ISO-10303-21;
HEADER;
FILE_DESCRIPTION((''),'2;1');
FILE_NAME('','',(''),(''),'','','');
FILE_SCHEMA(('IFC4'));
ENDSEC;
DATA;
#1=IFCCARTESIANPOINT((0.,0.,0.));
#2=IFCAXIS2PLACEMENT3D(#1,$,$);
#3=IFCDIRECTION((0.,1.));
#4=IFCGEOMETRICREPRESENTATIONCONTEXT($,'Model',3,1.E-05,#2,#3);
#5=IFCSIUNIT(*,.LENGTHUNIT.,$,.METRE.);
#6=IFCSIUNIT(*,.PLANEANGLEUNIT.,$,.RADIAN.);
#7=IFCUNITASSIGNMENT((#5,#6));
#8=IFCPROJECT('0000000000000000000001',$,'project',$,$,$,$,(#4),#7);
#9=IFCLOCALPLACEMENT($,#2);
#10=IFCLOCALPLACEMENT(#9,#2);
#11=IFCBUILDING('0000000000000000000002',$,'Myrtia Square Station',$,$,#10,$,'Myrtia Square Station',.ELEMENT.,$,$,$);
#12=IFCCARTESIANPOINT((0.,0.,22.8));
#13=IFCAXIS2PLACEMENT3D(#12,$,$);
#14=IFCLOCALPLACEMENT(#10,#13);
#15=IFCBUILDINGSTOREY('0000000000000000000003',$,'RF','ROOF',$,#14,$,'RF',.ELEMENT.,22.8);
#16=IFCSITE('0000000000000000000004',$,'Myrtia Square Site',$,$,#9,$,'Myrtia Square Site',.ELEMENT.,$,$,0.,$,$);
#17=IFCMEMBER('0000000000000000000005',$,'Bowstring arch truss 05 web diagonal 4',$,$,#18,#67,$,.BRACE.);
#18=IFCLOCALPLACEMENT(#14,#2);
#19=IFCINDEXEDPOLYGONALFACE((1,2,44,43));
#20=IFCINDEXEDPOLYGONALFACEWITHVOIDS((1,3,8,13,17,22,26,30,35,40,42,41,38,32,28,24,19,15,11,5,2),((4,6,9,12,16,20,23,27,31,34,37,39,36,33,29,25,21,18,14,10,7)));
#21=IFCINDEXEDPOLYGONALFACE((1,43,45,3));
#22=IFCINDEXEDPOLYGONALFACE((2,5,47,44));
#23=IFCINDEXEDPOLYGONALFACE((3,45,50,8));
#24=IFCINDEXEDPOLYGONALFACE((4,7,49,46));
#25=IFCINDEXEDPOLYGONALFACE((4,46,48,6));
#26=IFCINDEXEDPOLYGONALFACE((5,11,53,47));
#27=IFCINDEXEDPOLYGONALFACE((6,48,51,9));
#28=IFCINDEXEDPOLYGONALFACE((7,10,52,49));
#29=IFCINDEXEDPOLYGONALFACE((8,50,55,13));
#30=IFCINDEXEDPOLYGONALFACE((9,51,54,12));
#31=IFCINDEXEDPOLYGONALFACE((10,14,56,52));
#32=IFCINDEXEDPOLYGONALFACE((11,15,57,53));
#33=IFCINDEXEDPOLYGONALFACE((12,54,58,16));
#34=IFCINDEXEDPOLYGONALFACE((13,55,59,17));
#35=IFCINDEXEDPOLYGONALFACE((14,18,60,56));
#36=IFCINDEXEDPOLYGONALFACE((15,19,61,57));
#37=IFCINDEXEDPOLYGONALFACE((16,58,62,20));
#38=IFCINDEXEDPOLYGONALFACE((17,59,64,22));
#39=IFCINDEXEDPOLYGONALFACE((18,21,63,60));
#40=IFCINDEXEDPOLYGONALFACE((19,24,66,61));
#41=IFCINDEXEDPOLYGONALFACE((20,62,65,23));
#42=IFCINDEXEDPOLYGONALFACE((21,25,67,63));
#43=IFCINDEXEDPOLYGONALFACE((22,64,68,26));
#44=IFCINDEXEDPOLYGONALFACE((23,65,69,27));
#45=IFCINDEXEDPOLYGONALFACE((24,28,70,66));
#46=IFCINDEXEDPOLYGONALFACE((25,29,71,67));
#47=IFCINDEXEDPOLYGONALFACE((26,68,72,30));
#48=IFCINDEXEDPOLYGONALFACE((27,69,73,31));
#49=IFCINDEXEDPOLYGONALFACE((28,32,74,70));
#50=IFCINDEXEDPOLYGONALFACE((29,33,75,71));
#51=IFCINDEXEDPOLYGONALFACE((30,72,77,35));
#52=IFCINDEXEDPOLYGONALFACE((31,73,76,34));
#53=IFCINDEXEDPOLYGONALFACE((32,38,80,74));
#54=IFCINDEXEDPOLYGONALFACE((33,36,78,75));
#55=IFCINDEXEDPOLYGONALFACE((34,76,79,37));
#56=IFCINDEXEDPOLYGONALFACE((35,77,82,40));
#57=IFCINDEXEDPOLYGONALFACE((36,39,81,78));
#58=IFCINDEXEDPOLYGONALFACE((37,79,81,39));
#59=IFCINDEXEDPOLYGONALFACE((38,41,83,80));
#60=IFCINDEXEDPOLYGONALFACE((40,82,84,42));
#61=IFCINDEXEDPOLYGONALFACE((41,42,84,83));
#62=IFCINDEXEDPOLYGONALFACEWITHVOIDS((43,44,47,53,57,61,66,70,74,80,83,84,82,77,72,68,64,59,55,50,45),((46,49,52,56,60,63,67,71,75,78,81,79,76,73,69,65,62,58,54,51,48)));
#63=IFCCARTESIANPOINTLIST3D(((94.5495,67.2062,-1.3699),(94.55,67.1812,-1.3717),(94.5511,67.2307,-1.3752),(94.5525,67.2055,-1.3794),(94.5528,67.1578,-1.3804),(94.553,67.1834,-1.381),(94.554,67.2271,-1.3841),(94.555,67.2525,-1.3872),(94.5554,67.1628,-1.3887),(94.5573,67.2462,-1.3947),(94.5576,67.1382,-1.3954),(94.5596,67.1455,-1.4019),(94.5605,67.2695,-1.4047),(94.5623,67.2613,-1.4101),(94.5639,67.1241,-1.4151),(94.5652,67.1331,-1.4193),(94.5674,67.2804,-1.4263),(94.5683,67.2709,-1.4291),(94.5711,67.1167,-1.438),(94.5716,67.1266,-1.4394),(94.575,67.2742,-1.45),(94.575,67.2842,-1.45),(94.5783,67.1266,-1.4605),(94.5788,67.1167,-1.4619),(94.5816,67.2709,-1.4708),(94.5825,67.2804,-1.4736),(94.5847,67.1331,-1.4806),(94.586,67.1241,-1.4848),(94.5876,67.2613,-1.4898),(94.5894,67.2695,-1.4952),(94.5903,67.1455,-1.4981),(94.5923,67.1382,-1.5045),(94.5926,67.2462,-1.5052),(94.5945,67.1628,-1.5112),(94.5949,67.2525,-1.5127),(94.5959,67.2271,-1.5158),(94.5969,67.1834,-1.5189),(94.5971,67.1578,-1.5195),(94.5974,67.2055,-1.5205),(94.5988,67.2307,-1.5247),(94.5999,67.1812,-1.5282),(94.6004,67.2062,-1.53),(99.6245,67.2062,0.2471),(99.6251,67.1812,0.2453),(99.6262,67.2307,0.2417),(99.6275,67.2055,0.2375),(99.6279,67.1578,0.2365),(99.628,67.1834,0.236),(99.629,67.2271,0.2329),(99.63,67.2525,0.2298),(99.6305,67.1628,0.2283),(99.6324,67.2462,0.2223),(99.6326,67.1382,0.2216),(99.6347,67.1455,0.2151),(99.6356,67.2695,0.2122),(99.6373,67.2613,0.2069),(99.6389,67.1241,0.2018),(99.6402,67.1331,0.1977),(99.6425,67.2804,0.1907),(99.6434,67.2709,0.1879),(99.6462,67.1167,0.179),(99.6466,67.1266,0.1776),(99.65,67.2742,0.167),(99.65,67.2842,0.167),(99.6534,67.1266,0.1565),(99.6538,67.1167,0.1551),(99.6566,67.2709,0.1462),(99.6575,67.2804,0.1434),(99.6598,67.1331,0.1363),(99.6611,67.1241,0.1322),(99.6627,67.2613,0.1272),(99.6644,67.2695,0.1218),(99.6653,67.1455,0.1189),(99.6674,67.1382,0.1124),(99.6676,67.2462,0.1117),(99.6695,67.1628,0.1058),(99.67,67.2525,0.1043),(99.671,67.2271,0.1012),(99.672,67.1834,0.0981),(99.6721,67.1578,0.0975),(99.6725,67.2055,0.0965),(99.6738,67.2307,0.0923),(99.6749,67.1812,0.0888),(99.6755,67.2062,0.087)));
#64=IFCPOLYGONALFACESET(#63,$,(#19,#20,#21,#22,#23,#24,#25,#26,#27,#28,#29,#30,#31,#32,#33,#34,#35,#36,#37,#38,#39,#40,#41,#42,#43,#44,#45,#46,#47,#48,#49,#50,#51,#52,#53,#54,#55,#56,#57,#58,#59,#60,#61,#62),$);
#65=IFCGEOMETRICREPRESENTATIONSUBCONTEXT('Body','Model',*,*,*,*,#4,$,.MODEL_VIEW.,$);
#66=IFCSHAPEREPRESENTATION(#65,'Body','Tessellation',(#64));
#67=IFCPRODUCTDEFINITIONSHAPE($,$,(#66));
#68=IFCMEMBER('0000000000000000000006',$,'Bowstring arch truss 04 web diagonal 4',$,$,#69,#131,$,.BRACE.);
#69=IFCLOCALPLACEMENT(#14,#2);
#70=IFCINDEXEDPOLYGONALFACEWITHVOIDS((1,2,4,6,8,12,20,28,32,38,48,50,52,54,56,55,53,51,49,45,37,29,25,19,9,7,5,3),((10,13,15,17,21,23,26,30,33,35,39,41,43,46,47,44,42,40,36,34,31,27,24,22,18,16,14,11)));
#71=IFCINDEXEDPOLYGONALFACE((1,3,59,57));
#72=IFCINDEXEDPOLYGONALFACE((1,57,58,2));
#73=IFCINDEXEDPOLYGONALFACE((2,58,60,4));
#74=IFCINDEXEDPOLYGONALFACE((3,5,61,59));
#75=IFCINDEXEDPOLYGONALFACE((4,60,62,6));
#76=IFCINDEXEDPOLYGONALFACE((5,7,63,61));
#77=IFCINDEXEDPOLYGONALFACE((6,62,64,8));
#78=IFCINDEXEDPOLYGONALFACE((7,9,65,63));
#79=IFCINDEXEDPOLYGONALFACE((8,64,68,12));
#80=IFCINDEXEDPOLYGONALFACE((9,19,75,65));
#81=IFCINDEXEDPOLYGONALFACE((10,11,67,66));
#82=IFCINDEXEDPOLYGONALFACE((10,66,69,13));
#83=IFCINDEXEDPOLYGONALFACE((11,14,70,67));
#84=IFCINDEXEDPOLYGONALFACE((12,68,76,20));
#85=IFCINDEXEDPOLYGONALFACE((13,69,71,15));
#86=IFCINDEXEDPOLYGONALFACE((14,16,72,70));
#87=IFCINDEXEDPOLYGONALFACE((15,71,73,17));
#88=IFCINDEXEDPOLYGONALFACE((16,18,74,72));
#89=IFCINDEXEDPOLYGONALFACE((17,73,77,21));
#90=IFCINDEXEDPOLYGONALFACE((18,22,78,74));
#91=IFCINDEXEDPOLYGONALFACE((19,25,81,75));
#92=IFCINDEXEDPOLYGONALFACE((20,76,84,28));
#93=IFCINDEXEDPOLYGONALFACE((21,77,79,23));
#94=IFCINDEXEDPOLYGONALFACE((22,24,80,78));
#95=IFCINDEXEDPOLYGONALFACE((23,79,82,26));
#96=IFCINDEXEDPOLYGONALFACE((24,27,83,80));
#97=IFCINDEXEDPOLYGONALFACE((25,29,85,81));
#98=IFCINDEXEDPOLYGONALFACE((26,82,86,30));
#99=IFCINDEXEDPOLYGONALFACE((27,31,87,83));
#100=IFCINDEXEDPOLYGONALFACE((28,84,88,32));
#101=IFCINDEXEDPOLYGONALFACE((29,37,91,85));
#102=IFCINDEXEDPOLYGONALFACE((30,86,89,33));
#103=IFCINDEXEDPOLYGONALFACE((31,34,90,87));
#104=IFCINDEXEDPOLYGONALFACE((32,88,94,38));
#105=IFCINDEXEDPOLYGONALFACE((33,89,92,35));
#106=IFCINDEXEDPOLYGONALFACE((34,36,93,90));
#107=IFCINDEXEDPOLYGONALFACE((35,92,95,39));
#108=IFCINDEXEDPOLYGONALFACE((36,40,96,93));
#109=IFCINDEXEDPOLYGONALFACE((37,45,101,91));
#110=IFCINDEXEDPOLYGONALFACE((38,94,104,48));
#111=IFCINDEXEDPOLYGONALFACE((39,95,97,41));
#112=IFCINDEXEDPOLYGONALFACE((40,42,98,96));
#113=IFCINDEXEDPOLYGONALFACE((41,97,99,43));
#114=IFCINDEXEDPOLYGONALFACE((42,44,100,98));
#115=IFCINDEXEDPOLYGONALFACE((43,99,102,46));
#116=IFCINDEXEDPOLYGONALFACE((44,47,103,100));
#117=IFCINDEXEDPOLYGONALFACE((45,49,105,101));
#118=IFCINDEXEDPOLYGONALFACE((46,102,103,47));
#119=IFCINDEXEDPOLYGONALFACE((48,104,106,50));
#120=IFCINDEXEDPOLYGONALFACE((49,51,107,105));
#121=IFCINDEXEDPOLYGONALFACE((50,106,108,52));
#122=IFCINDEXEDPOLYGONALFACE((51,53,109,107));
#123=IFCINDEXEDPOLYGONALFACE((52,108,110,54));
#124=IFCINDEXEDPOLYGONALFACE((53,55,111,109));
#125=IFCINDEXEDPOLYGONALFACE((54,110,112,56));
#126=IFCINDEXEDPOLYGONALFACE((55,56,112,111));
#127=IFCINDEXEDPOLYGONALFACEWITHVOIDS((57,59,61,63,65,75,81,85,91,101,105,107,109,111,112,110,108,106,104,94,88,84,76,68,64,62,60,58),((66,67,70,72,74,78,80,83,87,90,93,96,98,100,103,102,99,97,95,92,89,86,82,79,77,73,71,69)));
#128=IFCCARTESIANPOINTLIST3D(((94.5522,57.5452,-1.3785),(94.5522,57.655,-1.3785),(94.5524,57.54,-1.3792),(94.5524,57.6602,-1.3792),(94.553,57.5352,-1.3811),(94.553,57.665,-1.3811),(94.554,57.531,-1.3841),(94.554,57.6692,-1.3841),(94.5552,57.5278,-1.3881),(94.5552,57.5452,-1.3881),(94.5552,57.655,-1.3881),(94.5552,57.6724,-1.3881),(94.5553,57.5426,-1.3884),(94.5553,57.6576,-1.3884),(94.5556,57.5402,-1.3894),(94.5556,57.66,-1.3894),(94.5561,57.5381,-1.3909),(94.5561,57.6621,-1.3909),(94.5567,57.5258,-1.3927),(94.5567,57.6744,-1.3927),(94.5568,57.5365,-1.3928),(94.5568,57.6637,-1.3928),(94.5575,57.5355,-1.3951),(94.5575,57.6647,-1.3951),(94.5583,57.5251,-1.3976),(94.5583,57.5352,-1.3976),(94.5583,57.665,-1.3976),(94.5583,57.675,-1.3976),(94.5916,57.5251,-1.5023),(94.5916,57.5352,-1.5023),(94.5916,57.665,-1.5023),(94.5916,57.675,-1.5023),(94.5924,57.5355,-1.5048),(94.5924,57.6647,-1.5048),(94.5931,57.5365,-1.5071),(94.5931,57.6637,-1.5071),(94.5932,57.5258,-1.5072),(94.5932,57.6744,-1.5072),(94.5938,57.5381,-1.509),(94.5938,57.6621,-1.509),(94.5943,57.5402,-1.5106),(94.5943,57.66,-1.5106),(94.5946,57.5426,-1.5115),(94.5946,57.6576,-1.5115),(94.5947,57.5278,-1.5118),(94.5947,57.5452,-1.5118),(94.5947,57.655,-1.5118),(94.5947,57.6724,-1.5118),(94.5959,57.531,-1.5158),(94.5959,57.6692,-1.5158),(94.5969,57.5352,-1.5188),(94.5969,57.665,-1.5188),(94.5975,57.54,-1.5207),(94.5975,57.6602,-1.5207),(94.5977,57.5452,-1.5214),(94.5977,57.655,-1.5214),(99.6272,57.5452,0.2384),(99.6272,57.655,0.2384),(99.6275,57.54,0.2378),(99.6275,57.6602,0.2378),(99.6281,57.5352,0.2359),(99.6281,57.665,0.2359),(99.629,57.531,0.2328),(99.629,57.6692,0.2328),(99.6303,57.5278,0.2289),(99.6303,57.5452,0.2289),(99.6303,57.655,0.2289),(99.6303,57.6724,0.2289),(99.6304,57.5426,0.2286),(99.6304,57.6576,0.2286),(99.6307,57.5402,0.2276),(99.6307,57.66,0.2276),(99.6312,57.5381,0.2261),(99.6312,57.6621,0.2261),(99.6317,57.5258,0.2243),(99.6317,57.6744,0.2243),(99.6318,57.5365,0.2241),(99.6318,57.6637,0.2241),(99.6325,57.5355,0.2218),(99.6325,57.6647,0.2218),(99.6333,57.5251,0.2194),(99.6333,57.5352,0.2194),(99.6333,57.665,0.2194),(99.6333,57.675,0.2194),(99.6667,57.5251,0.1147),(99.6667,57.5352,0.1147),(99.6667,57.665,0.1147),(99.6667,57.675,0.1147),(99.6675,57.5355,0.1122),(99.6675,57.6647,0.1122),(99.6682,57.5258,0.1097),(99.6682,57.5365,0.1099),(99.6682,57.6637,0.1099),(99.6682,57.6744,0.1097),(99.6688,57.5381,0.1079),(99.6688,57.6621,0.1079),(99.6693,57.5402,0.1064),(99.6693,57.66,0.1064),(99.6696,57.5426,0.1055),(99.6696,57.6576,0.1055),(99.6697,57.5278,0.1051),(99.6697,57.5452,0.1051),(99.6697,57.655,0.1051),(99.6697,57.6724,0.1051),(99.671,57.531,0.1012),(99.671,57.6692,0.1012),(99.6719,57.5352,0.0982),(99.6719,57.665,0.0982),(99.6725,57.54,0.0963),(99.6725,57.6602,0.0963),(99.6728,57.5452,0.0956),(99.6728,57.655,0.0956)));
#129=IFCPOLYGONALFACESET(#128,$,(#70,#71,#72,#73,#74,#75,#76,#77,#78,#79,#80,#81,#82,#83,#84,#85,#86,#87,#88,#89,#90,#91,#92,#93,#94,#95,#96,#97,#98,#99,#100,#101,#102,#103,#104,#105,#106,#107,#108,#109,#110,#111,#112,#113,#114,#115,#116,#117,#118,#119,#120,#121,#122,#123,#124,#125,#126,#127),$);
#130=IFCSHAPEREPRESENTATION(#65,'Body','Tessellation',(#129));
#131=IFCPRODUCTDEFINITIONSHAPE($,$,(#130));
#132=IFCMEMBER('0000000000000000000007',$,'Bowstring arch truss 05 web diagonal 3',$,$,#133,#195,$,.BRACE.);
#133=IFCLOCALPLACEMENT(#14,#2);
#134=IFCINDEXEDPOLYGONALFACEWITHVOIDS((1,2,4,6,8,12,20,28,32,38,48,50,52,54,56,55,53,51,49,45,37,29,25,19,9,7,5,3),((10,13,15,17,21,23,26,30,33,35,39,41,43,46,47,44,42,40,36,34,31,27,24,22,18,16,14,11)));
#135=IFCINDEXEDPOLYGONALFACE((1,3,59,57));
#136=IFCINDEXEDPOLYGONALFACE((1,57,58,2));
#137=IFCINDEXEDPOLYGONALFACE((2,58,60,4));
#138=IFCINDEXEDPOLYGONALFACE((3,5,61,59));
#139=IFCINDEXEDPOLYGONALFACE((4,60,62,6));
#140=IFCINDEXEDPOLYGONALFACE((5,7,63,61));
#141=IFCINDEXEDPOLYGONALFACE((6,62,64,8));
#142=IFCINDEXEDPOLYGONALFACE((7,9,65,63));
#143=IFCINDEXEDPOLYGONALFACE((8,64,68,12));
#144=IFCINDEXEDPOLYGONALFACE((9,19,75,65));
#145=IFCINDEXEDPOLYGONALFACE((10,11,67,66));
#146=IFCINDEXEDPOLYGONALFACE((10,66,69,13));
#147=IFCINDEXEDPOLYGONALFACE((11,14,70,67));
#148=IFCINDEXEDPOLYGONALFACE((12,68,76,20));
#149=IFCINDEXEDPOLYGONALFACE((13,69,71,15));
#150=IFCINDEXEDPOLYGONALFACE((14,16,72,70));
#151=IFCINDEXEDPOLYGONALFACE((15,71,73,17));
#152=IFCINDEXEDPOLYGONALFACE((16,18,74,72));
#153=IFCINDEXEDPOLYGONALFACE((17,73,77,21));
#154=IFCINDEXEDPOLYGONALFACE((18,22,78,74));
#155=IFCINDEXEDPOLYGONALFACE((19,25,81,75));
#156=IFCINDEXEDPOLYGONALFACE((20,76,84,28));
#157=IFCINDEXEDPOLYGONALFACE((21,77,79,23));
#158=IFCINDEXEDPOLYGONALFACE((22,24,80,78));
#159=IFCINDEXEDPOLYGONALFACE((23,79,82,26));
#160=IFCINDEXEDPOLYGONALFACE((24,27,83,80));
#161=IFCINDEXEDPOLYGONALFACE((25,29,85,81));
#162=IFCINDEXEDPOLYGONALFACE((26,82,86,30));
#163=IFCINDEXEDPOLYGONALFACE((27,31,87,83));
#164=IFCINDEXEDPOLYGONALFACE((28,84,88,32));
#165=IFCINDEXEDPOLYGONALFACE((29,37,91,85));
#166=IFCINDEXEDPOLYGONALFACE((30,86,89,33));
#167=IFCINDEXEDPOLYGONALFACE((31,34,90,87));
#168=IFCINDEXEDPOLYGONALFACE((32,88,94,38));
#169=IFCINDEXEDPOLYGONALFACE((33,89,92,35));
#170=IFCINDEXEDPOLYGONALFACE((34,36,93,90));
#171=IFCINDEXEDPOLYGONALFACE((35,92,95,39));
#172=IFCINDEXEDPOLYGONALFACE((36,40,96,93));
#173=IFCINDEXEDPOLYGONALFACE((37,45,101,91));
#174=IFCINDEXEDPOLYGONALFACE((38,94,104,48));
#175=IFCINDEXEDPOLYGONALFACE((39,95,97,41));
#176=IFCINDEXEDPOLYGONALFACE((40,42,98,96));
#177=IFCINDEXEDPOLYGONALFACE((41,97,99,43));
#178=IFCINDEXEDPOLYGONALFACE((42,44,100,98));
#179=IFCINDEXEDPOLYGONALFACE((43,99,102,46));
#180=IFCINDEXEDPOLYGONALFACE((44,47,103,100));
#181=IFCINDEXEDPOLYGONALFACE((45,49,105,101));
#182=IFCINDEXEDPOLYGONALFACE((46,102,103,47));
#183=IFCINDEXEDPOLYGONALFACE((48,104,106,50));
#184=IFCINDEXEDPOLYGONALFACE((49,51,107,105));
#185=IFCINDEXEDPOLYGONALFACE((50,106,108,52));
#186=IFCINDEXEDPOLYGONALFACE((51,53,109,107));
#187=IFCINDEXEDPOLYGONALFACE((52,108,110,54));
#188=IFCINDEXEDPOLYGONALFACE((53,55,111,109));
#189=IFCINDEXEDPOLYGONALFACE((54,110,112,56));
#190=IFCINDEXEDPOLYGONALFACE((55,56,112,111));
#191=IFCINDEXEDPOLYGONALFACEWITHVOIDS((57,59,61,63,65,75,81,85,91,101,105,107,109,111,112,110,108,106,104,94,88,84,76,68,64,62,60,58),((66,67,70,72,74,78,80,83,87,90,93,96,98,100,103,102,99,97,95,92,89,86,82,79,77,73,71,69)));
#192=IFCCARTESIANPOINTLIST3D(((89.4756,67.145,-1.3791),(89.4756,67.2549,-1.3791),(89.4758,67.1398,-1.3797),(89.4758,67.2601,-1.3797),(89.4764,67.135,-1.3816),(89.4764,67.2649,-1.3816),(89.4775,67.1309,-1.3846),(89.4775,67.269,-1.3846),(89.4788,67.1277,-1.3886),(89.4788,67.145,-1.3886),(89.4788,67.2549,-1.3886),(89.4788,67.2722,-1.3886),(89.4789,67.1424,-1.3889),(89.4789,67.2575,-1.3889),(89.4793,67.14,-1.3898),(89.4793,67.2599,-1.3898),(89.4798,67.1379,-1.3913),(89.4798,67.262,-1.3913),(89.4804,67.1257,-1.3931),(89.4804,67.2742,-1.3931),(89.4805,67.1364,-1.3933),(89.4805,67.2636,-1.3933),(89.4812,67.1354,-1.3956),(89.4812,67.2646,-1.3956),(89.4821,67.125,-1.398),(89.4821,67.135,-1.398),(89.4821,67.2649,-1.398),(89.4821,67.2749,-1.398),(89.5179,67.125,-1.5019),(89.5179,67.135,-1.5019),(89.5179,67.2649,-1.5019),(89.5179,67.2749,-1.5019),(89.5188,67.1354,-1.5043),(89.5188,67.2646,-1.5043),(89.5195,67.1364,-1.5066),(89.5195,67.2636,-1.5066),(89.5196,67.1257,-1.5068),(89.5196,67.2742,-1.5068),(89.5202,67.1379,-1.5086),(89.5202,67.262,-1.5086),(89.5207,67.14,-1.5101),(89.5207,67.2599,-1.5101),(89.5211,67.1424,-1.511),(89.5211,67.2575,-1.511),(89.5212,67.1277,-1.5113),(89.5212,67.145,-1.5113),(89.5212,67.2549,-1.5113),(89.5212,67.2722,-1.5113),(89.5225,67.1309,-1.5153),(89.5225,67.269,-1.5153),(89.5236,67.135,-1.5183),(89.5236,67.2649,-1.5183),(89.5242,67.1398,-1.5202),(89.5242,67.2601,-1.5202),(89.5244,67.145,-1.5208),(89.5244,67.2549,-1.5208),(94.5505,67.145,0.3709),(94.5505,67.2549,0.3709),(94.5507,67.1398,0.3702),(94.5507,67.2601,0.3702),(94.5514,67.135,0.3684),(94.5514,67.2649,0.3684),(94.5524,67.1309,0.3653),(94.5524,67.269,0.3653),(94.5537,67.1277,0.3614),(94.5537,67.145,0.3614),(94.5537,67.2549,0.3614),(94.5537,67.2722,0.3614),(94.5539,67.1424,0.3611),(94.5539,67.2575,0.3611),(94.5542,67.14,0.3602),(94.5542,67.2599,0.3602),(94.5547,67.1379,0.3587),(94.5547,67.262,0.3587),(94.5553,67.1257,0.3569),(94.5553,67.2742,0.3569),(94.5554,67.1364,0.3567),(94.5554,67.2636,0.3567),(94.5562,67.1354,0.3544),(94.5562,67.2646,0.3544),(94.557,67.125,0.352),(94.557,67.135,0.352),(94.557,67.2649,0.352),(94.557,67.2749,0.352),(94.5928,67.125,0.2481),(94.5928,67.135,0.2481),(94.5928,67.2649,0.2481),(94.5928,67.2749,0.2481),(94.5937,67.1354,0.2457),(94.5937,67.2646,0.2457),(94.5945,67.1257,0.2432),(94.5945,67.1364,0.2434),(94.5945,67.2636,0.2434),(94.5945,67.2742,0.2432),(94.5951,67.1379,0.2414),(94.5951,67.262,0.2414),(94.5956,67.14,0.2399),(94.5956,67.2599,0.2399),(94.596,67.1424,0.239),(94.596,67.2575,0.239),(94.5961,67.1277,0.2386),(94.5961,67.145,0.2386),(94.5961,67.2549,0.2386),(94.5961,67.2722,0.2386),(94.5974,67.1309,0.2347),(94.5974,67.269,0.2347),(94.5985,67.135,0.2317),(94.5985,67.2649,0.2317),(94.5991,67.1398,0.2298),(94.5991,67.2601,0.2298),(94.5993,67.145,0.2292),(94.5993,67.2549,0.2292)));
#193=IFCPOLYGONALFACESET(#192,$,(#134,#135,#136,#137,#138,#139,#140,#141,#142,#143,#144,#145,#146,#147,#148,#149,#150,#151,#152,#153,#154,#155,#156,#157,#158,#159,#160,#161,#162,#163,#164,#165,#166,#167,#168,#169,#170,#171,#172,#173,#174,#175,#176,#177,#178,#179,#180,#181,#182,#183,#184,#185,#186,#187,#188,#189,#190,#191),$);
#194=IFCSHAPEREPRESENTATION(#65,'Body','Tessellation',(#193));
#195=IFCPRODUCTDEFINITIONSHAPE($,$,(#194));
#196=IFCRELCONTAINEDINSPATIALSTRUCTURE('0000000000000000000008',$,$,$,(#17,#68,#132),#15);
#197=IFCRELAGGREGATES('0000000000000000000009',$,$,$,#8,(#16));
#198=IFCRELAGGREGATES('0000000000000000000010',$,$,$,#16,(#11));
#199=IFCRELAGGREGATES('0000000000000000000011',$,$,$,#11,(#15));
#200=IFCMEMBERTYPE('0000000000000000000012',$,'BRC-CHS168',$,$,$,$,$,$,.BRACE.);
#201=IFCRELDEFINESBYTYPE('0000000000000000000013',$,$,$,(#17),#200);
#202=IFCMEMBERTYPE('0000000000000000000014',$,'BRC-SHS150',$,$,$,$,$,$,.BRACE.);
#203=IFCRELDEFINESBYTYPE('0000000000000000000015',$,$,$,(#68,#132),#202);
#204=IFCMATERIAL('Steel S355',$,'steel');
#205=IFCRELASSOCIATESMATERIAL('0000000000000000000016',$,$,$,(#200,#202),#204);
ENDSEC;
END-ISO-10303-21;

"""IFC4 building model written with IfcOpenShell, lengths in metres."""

from ifc_helpers import new_model, si_unit, direction, frame, origin, origin_2d, place, context, subcontext, project, spatial, hollow_rectangle, hollow_circle, extrude, material, material_profile, profile_set, type_object, element, save


model = new_model("IFC4")

# Units and contexts
model_context = context("Model", 3, precision=1e-05, world=origin(), true_north=direction((0.0, 1.0)))
body_context = subcontext(model_context, "Body", "Model", "MODEL_VIEW")
ifc_project = project(units=[si_unit("LENGTHUNIT", "METRE"), si_unit("PLANEANGLEUNIT", "RADIAN")], contexts=[model_context])

# Site, building, storey
site_placement = place(None, origin())
site = spatial("IfcSite", under=ifc_project, at=site_placement, Name="Myrtia Square Site", LongName="Myrtia Square Site", CompositionType="ELEMENT", RefElevation=0.0)
building_placement = place(site_placement, origin())
building = spatial("IfcBuilding", under=site, at=building_placement, Name="Myrtia Square Station", LongName="Myrtia Square Station", CompositionType="ELEMENT")
storey_placement = place(building_placement, frame((0.0, 0.0, 22.8)))
storey = spatial("IfcBuildingStorey", under=building, at=storey_placement, Name="RF", Description="ROOF", LongName="RF", CompositionType="ELEMENT", Elevation=22.8)

# Members
ifc_material_1 = material(Name="Steel S355", Category="steel")
ifc_material_profile_1 = material_profile(ifc_material_1, hollow_circle(Radius=0.0842, WallThickness=0.01, at=origin_2d()), Name="CHS 168.3x10")
ifc_profile_set_1 = profile_set([ifc_material_profile_1], Name="Steel S355")
member_type_1 = type_object("IfcMemberType", Name="BRC-CHS168", PredefinedType="BRACE", material=ifc_profile_set_1)
member_1_placement = place(storey_placement, frame((94.575, 67.2, -1.45), z_axis=(0.952807, 0.0, 0.303576), x_axis=(0.0, 1.0, 0.0)))
element("IfcMember", 1, at=member_1_placement, inside=storey, type_object=member_type_1, Name="Bowstring arch truss 05 web diagonal 4", PredefinedType="BRACE", context=body_context, shape_type="SweptSolid", body=[
    extrude(hollow_circle(Radius=0.0842, WallThickness=0.01, at=origin_2d()), origin(), (0.0, 0.0, 1.0), 5.3264),
])
ifc_material_profile_2 = material_profile(ifc_material_1, hollow_rectangle(XDim=0.1499, YDim=0.1499, WallThickness=0.01, InnerFilletRadius=0.01, OuterFilletRadius=0.02, at=origin_2d()), Name="SHS 150x150x10")
ifc_profile_set_2 = profile_set([ifc_material_profile_2], Name="Steel S355")
member_type_2 = type_object("IfcMemberType", Name="BRC-SHS150", PredefinedType="BRACE", material=ifc_profile_set_2)
member_2_placement = place(storey_placement, frame((94.575, 57.6001, -1.45), z_axis=(0.952807, 0.0, 0.303576), x_axis=(0.0, 1.0, 0.0)))
element("IfcMember", 2, at=member_2_placement, inside=storey, type_object=member_type_2, Name="Bowstring arch truss 04 web diagonal 4", PredefinedType="BRACE", context=body_context, shape_type="SweptSolid", body=[
    extrude(hollow_rectangle(XDim=0.1499, YDim=0.1499, WallThickness=0.01, InnerFilletRadius=0.01, OuterFilletRadius=0.02, at=origin_2d()), origin(), (0.0, 0.0, 1.0), 5.3264),
])
member_3_placement = place(storey_placement, frame((89.5, 67.2, -1.45), z_axis=(0.945372, 0.0, 0.325993), x_axis=(0.0, 1.0, 0.0)))
element("IfcMember", 3, at=member_3_placement, inside=storey, type_object=member_type_2, Name="Bowstring arch truss 05 web diagonal 3", PredefinedType="BRACE", context=body_context, shape_type="SweptSolid", body=[
    extrude(hollow_rectangle(XDim=0.1499, YDim=0.1499, WallThickness=0.01, InnerFilletRadius=0.01, OuterFilletRadius=0.02, at=origin_2d()), origin(), (0.0, 0.0, 1.0), 5.3682),
])

save(model, "model.ifc")
